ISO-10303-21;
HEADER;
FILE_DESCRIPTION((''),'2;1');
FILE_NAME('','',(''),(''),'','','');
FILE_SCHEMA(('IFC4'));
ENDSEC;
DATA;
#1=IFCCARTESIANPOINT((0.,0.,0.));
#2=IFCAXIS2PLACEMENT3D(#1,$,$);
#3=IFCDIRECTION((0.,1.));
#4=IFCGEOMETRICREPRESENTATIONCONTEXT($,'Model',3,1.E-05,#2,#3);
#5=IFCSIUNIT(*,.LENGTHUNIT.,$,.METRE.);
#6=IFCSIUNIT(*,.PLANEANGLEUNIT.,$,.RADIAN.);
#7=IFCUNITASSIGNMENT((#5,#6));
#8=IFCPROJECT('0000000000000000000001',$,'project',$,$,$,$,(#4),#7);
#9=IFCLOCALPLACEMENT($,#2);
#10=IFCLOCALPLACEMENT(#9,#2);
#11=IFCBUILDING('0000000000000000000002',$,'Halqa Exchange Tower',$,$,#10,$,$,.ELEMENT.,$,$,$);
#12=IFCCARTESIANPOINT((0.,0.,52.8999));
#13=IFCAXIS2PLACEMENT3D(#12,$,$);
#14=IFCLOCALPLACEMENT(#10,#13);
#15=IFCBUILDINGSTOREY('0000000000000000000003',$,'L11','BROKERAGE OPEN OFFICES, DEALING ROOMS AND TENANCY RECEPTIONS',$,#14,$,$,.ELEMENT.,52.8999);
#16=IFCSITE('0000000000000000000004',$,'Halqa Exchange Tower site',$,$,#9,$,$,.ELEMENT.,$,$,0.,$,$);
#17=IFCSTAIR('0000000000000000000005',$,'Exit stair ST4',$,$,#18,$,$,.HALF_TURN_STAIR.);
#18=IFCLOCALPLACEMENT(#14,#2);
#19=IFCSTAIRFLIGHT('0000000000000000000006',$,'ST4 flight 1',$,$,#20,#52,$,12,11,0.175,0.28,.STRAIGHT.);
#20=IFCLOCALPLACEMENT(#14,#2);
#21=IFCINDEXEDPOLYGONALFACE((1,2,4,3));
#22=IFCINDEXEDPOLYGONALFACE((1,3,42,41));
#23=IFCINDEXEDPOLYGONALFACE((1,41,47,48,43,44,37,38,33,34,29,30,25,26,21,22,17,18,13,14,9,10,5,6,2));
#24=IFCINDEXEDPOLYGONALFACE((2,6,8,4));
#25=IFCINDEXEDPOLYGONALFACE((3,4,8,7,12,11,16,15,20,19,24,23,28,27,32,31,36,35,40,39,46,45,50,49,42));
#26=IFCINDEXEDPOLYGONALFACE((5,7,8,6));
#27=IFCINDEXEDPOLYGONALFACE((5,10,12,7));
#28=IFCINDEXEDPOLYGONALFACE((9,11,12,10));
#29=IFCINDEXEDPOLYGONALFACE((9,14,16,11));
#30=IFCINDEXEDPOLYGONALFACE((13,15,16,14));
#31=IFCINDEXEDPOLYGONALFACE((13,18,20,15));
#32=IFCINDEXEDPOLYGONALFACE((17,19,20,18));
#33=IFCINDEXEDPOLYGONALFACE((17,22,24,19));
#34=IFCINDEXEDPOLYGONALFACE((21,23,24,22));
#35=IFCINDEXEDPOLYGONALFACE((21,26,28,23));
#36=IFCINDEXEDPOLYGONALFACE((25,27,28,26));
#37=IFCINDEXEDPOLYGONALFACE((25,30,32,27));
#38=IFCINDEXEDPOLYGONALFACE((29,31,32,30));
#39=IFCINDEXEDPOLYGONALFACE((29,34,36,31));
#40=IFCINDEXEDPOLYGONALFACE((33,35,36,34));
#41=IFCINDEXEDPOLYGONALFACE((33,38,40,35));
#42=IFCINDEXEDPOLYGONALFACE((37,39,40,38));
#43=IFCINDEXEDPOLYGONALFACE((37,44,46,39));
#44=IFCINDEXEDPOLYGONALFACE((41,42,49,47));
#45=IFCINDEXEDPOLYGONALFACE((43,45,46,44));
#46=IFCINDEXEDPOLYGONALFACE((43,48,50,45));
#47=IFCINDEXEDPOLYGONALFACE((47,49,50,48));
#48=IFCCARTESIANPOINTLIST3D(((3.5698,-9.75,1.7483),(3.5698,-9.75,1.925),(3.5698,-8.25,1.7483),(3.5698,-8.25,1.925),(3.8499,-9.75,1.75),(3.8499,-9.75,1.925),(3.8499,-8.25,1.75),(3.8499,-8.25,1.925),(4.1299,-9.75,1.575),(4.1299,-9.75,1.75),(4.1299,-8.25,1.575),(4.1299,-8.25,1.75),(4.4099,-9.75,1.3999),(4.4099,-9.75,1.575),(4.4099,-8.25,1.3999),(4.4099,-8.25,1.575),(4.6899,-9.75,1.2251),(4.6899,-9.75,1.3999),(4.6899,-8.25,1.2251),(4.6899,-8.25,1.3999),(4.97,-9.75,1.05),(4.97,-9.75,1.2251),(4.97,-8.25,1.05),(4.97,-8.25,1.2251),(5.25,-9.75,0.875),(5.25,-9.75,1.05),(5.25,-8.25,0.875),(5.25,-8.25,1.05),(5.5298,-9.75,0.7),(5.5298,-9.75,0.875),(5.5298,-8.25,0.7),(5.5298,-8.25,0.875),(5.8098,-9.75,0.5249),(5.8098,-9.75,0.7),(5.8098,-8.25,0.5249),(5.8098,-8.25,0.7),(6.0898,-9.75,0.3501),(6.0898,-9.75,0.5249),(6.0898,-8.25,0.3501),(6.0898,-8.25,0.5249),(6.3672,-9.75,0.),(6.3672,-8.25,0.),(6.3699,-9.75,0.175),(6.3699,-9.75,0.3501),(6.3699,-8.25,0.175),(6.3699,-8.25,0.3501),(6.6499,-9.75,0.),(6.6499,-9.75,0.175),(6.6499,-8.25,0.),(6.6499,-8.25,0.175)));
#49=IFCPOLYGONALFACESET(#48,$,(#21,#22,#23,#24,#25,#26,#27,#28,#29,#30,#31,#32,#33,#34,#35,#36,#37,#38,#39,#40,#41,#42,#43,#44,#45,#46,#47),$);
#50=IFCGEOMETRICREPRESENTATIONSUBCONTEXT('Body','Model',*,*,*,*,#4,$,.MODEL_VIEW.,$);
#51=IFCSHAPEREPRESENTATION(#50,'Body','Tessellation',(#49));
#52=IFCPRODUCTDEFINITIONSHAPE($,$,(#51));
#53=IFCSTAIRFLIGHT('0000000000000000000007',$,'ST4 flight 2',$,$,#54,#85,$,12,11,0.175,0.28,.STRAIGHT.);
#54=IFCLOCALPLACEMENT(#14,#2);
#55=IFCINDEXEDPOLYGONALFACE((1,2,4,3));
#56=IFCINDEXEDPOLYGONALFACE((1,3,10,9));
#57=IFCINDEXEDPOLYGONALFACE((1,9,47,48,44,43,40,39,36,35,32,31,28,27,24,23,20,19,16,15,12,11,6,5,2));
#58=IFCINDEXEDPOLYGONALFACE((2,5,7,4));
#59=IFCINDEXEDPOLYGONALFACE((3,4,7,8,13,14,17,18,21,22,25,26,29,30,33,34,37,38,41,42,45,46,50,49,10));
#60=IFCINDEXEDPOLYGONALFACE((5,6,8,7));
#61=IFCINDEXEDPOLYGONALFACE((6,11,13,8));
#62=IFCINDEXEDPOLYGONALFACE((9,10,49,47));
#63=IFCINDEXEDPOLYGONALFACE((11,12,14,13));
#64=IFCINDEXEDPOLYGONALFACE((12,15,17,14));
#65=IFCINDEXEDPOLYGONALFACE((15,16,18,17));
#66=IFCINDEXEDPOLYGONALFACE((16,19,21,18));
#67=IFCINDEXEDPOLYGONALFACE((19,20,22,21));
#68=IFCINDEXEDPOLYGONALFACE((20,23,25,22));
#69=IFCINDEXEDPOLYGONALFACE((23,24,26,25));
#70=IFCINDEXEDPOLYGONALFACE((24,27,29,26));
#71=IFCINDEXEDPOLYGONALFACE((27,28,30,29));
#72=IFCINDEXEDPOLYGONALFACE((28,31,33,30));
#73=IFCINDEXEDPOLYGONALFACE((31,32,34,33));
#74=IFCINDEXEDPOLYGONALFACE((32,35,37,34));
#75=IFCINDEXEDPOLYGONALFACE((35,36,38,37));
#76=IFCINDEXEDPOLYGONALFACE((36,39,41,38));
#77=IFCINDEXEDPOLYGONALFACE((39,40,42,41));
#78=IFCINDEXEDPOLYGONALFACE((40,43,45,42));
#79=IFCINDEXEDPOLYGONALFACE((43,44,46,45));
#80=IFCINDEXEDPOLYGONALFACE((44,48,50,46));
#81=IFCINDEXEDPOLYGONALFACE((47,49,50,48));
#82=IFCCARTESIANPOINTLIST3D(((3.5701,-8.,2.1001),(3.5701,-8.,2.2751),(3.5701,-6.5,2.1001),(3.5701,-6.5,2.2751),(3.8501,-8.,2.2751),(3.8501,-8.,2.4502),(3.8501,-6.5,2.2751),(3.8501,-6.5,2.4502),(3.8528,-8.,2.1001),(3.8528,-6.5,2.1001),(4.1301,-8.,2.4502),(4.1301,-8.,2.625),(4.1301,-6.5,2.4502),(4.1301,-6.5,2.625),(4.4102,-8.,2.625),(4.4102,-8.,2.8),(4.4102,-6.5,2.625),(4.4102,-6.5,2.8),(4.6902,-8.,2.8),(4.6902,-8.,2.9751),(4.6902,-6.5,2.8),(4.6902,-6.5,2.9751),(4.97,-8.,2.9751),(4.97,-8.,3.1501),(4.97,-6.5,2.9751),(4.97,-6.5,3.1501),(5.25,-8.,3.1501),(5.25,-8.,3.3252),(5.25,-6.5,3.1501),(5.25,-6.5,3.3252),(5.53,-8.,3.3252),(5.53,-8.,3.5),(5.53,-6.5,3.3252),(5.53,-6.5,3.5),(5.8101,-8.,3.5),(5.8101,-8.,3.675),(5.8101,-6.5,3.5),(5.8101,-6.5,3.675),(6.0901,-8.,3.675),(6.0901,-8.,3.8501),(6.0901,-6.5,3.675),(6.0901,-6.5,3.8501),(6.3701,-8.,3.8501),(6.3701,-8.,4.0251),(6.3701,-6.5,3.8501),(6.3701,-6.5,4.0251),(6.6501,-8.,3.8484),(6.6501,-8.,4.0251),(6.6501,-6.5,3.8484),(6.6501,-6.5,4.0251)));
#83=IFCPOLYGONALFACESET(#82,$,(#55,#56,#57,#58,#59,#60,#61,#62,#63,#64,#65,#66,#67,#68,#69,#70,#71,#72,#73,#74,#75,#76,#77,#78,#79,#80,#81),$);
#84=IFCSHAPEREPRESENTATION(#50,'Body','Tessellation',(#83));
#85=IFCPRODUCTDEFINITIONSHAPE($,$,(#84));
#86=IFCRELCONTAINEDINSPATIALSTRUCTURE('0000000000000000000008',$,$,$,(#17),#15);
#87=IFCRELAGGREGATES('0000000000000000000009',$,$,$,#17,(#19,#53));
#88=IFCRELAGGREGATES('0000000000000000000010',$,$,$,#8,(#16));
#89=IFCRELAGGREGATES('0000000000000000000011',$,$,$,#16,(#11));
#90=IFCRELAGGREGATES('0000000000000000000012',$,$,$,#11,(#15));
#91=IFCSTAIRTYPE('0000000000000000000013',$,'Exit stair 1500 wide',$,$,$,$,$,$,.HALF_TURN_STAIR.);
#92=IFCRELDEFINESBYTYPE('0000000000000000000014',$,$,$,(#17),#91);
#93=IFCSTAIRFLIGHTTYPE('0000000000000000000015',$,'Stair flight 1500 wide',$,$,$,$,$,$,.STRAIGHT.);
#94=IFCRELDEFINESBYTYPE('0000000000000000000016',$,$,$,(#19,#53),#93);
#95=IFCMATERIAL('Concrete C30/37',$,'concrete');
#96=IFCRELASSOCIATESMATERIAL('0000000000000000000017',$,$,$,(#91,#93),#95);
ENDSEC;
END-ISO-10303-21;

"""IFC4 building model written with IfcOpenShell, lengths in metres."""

from ifc_helpers import new_model, si_unit, direction, frame, origin, place, context, subcontext, project, spatial, polyline, outline, extrude, material, type_object, element, aggregate, save


model = new_model("IFC4")

# Units and contexts
model_context = context("Model", 3, precision=1e-05, world=origin(), true_north=direction((0.0, 1.0)))
body_context = subcontext(model_context, "Body", "Model", "MODEL_VIEW")
ifc_project = project(units=[si_unit("LENGTHUNIT", "METRE"), si_unit("PLANEANGLEUNIT", "RADIAN")], contexts=[model_context])

# Site, building, storey
site_placement = place(None, origin())
site = spatial("IfcSite", under=ifc_project, at=site_placement, Name="Halqa Exchange Tower site", CompositionType="ELEMENT", RefElevation=0.0)
building_placement = place(site_placement, origin())
building = spatial("IfcBuilding", under=site, at=building_placement, Name="Halqa Exchange Tower", CompositionType="ELEMENT")
storey_placement = place(building_placement, frame((0.0, 0.0, 52.8999)))
storey = spatial("IfcBuildingStorey", under=building, at=storey_placement, Name="L11", Description="BROKERAGE OPEN OFFICES, DEALING ROOMS AND TENANCY RECEPTIONS", CompositionType="ELEMENT", Elevation=52.8999)

# Shared definitions
ifc_material_1 = material(Name="Concrete C30/37", Category="concrete")

# Stair, stair flights
stair_type = type_object("IfcStairType", Name="Exit stair 1500 wide", PredefinedType="HALF_TURN_STAIR", material=ifc_material_1)
stair_placement = place(storey_placement, origin())
stair = element("IfcStair", 1, at=stair_placement, inside=storey, type_object=stair_type, Name="Exit stair ST4", PredefinedType="HALF_TURN_STAIR")
stair_flight_type = type_object("IfcStairFlightType", Name="Stair flight 1500 wide", PredefinedType="STRAIGHT", material=ifc_material_1)
stair_flight_1_placement = place(storey_placement, frame((6.6499, -9.0, 0.0), z_axis=(0.0, 0.0, 1.0), x_axis=(-1.0, 0.0, 0.0)))
stair_flight_1 = element("IfcStairFlight", 2, at=stair_flight_1_placement, type_object=stair_flight_type, Name="ST4 flight 1", NumberOfRisers=12, NumberOfTreads=11, PredefinedType="STRAIGHT", RiserHeight=0.175, TreadLength=0.28, context=body_context, shape_type="SweptSolid", body=[
    extrude(outline(polyline([(0.0, 0.0), (0.0, 0.175), (0.28, 0.175), (0.28, 0.3501), (0.5601, 0.3501), (0.5601, 0.5249), (0.8401, 0.5249), (0.8401, 0.7), (1.1201, 0.7), (1.1201, 0.875), (1.3999, 0.875), (1.3999, 1.05), (1.6799, 1.05), (1.6799, 1.2251), (1.96, 1.2251), (1.96, 1.3999), (2.24, 1.3999), (2.24, 1.575), (2.52, 1.575), (2.52, 1.75), (2.8, 1.75), (2.8, 1.925), (3.0801, 1.925), (3.0801, 2.1001), (3.0801, 1.7483), (0.2827, 0.0), (0.0, 0.0)])), frame((0.0, 0.75, 0.0), z_axis=(0.0, -1.0, 0.0), x_axis=(1.0, 0.0, 0.0)), (0.0, 0.0, 1.0), 1.5),
])
stair_flight_2_placement = place(storey_placement, frame((3.5701, -7.25, 2.1001), z_axis=(0.0, 0.0, 1.0), x_axis=(1.0, 0.0, 0.0)))
stair_flight_2 = element("IfcStairFlight", 3, at=stair_flight_2_placement, type_object=stair_flight_type, Name="ST4 flight 2", NumberOfRisers=12, NumberOfTreads=11, PredefinedType="STRAIGHT", RiserHeight=0.175, TreadLength=0.28, context=body_context, shape_type="SweptSolid", body=[
    extrude(outline(polyline([(0.0, 0.0), (0.0, 0.175), (0.28, 0.175), (0.28, 0.3501), (0.5601, 0.3501), (0.5601, 0.5249), (0.8401, 0.5249), (0.8401, 0.7), (1.1201, 0.7), (1.1201, 0.875), (1.3999, 0.875), (1.3999, 1.05), (1.6799, 1.05), (1.6799, 1.2251), (1.96, 1.2251), (1.96, 1.3999), (2.24, 1.3999), (2.24, 1.575), (2.52, 1.575), (2.52, 1.75), (2.8, 1.75), (2.8, 1.925), (3.0801, 1.925), (3.0801, 2.1001), (3.0801, 1.7483), (0.2827, 0.0), (0.0, 0.0)])), frame((0.0, 0.75, 0.0), z_axis=(0.0, -1.0, 0.0), x_axis=(1.0, 0.0, 0.0)), (0.0, 0.0, 1.0), 1.5),
])
aggregate(stair, [stair_flight_1, stair_flight_2])

save(model, "model.ifc")
